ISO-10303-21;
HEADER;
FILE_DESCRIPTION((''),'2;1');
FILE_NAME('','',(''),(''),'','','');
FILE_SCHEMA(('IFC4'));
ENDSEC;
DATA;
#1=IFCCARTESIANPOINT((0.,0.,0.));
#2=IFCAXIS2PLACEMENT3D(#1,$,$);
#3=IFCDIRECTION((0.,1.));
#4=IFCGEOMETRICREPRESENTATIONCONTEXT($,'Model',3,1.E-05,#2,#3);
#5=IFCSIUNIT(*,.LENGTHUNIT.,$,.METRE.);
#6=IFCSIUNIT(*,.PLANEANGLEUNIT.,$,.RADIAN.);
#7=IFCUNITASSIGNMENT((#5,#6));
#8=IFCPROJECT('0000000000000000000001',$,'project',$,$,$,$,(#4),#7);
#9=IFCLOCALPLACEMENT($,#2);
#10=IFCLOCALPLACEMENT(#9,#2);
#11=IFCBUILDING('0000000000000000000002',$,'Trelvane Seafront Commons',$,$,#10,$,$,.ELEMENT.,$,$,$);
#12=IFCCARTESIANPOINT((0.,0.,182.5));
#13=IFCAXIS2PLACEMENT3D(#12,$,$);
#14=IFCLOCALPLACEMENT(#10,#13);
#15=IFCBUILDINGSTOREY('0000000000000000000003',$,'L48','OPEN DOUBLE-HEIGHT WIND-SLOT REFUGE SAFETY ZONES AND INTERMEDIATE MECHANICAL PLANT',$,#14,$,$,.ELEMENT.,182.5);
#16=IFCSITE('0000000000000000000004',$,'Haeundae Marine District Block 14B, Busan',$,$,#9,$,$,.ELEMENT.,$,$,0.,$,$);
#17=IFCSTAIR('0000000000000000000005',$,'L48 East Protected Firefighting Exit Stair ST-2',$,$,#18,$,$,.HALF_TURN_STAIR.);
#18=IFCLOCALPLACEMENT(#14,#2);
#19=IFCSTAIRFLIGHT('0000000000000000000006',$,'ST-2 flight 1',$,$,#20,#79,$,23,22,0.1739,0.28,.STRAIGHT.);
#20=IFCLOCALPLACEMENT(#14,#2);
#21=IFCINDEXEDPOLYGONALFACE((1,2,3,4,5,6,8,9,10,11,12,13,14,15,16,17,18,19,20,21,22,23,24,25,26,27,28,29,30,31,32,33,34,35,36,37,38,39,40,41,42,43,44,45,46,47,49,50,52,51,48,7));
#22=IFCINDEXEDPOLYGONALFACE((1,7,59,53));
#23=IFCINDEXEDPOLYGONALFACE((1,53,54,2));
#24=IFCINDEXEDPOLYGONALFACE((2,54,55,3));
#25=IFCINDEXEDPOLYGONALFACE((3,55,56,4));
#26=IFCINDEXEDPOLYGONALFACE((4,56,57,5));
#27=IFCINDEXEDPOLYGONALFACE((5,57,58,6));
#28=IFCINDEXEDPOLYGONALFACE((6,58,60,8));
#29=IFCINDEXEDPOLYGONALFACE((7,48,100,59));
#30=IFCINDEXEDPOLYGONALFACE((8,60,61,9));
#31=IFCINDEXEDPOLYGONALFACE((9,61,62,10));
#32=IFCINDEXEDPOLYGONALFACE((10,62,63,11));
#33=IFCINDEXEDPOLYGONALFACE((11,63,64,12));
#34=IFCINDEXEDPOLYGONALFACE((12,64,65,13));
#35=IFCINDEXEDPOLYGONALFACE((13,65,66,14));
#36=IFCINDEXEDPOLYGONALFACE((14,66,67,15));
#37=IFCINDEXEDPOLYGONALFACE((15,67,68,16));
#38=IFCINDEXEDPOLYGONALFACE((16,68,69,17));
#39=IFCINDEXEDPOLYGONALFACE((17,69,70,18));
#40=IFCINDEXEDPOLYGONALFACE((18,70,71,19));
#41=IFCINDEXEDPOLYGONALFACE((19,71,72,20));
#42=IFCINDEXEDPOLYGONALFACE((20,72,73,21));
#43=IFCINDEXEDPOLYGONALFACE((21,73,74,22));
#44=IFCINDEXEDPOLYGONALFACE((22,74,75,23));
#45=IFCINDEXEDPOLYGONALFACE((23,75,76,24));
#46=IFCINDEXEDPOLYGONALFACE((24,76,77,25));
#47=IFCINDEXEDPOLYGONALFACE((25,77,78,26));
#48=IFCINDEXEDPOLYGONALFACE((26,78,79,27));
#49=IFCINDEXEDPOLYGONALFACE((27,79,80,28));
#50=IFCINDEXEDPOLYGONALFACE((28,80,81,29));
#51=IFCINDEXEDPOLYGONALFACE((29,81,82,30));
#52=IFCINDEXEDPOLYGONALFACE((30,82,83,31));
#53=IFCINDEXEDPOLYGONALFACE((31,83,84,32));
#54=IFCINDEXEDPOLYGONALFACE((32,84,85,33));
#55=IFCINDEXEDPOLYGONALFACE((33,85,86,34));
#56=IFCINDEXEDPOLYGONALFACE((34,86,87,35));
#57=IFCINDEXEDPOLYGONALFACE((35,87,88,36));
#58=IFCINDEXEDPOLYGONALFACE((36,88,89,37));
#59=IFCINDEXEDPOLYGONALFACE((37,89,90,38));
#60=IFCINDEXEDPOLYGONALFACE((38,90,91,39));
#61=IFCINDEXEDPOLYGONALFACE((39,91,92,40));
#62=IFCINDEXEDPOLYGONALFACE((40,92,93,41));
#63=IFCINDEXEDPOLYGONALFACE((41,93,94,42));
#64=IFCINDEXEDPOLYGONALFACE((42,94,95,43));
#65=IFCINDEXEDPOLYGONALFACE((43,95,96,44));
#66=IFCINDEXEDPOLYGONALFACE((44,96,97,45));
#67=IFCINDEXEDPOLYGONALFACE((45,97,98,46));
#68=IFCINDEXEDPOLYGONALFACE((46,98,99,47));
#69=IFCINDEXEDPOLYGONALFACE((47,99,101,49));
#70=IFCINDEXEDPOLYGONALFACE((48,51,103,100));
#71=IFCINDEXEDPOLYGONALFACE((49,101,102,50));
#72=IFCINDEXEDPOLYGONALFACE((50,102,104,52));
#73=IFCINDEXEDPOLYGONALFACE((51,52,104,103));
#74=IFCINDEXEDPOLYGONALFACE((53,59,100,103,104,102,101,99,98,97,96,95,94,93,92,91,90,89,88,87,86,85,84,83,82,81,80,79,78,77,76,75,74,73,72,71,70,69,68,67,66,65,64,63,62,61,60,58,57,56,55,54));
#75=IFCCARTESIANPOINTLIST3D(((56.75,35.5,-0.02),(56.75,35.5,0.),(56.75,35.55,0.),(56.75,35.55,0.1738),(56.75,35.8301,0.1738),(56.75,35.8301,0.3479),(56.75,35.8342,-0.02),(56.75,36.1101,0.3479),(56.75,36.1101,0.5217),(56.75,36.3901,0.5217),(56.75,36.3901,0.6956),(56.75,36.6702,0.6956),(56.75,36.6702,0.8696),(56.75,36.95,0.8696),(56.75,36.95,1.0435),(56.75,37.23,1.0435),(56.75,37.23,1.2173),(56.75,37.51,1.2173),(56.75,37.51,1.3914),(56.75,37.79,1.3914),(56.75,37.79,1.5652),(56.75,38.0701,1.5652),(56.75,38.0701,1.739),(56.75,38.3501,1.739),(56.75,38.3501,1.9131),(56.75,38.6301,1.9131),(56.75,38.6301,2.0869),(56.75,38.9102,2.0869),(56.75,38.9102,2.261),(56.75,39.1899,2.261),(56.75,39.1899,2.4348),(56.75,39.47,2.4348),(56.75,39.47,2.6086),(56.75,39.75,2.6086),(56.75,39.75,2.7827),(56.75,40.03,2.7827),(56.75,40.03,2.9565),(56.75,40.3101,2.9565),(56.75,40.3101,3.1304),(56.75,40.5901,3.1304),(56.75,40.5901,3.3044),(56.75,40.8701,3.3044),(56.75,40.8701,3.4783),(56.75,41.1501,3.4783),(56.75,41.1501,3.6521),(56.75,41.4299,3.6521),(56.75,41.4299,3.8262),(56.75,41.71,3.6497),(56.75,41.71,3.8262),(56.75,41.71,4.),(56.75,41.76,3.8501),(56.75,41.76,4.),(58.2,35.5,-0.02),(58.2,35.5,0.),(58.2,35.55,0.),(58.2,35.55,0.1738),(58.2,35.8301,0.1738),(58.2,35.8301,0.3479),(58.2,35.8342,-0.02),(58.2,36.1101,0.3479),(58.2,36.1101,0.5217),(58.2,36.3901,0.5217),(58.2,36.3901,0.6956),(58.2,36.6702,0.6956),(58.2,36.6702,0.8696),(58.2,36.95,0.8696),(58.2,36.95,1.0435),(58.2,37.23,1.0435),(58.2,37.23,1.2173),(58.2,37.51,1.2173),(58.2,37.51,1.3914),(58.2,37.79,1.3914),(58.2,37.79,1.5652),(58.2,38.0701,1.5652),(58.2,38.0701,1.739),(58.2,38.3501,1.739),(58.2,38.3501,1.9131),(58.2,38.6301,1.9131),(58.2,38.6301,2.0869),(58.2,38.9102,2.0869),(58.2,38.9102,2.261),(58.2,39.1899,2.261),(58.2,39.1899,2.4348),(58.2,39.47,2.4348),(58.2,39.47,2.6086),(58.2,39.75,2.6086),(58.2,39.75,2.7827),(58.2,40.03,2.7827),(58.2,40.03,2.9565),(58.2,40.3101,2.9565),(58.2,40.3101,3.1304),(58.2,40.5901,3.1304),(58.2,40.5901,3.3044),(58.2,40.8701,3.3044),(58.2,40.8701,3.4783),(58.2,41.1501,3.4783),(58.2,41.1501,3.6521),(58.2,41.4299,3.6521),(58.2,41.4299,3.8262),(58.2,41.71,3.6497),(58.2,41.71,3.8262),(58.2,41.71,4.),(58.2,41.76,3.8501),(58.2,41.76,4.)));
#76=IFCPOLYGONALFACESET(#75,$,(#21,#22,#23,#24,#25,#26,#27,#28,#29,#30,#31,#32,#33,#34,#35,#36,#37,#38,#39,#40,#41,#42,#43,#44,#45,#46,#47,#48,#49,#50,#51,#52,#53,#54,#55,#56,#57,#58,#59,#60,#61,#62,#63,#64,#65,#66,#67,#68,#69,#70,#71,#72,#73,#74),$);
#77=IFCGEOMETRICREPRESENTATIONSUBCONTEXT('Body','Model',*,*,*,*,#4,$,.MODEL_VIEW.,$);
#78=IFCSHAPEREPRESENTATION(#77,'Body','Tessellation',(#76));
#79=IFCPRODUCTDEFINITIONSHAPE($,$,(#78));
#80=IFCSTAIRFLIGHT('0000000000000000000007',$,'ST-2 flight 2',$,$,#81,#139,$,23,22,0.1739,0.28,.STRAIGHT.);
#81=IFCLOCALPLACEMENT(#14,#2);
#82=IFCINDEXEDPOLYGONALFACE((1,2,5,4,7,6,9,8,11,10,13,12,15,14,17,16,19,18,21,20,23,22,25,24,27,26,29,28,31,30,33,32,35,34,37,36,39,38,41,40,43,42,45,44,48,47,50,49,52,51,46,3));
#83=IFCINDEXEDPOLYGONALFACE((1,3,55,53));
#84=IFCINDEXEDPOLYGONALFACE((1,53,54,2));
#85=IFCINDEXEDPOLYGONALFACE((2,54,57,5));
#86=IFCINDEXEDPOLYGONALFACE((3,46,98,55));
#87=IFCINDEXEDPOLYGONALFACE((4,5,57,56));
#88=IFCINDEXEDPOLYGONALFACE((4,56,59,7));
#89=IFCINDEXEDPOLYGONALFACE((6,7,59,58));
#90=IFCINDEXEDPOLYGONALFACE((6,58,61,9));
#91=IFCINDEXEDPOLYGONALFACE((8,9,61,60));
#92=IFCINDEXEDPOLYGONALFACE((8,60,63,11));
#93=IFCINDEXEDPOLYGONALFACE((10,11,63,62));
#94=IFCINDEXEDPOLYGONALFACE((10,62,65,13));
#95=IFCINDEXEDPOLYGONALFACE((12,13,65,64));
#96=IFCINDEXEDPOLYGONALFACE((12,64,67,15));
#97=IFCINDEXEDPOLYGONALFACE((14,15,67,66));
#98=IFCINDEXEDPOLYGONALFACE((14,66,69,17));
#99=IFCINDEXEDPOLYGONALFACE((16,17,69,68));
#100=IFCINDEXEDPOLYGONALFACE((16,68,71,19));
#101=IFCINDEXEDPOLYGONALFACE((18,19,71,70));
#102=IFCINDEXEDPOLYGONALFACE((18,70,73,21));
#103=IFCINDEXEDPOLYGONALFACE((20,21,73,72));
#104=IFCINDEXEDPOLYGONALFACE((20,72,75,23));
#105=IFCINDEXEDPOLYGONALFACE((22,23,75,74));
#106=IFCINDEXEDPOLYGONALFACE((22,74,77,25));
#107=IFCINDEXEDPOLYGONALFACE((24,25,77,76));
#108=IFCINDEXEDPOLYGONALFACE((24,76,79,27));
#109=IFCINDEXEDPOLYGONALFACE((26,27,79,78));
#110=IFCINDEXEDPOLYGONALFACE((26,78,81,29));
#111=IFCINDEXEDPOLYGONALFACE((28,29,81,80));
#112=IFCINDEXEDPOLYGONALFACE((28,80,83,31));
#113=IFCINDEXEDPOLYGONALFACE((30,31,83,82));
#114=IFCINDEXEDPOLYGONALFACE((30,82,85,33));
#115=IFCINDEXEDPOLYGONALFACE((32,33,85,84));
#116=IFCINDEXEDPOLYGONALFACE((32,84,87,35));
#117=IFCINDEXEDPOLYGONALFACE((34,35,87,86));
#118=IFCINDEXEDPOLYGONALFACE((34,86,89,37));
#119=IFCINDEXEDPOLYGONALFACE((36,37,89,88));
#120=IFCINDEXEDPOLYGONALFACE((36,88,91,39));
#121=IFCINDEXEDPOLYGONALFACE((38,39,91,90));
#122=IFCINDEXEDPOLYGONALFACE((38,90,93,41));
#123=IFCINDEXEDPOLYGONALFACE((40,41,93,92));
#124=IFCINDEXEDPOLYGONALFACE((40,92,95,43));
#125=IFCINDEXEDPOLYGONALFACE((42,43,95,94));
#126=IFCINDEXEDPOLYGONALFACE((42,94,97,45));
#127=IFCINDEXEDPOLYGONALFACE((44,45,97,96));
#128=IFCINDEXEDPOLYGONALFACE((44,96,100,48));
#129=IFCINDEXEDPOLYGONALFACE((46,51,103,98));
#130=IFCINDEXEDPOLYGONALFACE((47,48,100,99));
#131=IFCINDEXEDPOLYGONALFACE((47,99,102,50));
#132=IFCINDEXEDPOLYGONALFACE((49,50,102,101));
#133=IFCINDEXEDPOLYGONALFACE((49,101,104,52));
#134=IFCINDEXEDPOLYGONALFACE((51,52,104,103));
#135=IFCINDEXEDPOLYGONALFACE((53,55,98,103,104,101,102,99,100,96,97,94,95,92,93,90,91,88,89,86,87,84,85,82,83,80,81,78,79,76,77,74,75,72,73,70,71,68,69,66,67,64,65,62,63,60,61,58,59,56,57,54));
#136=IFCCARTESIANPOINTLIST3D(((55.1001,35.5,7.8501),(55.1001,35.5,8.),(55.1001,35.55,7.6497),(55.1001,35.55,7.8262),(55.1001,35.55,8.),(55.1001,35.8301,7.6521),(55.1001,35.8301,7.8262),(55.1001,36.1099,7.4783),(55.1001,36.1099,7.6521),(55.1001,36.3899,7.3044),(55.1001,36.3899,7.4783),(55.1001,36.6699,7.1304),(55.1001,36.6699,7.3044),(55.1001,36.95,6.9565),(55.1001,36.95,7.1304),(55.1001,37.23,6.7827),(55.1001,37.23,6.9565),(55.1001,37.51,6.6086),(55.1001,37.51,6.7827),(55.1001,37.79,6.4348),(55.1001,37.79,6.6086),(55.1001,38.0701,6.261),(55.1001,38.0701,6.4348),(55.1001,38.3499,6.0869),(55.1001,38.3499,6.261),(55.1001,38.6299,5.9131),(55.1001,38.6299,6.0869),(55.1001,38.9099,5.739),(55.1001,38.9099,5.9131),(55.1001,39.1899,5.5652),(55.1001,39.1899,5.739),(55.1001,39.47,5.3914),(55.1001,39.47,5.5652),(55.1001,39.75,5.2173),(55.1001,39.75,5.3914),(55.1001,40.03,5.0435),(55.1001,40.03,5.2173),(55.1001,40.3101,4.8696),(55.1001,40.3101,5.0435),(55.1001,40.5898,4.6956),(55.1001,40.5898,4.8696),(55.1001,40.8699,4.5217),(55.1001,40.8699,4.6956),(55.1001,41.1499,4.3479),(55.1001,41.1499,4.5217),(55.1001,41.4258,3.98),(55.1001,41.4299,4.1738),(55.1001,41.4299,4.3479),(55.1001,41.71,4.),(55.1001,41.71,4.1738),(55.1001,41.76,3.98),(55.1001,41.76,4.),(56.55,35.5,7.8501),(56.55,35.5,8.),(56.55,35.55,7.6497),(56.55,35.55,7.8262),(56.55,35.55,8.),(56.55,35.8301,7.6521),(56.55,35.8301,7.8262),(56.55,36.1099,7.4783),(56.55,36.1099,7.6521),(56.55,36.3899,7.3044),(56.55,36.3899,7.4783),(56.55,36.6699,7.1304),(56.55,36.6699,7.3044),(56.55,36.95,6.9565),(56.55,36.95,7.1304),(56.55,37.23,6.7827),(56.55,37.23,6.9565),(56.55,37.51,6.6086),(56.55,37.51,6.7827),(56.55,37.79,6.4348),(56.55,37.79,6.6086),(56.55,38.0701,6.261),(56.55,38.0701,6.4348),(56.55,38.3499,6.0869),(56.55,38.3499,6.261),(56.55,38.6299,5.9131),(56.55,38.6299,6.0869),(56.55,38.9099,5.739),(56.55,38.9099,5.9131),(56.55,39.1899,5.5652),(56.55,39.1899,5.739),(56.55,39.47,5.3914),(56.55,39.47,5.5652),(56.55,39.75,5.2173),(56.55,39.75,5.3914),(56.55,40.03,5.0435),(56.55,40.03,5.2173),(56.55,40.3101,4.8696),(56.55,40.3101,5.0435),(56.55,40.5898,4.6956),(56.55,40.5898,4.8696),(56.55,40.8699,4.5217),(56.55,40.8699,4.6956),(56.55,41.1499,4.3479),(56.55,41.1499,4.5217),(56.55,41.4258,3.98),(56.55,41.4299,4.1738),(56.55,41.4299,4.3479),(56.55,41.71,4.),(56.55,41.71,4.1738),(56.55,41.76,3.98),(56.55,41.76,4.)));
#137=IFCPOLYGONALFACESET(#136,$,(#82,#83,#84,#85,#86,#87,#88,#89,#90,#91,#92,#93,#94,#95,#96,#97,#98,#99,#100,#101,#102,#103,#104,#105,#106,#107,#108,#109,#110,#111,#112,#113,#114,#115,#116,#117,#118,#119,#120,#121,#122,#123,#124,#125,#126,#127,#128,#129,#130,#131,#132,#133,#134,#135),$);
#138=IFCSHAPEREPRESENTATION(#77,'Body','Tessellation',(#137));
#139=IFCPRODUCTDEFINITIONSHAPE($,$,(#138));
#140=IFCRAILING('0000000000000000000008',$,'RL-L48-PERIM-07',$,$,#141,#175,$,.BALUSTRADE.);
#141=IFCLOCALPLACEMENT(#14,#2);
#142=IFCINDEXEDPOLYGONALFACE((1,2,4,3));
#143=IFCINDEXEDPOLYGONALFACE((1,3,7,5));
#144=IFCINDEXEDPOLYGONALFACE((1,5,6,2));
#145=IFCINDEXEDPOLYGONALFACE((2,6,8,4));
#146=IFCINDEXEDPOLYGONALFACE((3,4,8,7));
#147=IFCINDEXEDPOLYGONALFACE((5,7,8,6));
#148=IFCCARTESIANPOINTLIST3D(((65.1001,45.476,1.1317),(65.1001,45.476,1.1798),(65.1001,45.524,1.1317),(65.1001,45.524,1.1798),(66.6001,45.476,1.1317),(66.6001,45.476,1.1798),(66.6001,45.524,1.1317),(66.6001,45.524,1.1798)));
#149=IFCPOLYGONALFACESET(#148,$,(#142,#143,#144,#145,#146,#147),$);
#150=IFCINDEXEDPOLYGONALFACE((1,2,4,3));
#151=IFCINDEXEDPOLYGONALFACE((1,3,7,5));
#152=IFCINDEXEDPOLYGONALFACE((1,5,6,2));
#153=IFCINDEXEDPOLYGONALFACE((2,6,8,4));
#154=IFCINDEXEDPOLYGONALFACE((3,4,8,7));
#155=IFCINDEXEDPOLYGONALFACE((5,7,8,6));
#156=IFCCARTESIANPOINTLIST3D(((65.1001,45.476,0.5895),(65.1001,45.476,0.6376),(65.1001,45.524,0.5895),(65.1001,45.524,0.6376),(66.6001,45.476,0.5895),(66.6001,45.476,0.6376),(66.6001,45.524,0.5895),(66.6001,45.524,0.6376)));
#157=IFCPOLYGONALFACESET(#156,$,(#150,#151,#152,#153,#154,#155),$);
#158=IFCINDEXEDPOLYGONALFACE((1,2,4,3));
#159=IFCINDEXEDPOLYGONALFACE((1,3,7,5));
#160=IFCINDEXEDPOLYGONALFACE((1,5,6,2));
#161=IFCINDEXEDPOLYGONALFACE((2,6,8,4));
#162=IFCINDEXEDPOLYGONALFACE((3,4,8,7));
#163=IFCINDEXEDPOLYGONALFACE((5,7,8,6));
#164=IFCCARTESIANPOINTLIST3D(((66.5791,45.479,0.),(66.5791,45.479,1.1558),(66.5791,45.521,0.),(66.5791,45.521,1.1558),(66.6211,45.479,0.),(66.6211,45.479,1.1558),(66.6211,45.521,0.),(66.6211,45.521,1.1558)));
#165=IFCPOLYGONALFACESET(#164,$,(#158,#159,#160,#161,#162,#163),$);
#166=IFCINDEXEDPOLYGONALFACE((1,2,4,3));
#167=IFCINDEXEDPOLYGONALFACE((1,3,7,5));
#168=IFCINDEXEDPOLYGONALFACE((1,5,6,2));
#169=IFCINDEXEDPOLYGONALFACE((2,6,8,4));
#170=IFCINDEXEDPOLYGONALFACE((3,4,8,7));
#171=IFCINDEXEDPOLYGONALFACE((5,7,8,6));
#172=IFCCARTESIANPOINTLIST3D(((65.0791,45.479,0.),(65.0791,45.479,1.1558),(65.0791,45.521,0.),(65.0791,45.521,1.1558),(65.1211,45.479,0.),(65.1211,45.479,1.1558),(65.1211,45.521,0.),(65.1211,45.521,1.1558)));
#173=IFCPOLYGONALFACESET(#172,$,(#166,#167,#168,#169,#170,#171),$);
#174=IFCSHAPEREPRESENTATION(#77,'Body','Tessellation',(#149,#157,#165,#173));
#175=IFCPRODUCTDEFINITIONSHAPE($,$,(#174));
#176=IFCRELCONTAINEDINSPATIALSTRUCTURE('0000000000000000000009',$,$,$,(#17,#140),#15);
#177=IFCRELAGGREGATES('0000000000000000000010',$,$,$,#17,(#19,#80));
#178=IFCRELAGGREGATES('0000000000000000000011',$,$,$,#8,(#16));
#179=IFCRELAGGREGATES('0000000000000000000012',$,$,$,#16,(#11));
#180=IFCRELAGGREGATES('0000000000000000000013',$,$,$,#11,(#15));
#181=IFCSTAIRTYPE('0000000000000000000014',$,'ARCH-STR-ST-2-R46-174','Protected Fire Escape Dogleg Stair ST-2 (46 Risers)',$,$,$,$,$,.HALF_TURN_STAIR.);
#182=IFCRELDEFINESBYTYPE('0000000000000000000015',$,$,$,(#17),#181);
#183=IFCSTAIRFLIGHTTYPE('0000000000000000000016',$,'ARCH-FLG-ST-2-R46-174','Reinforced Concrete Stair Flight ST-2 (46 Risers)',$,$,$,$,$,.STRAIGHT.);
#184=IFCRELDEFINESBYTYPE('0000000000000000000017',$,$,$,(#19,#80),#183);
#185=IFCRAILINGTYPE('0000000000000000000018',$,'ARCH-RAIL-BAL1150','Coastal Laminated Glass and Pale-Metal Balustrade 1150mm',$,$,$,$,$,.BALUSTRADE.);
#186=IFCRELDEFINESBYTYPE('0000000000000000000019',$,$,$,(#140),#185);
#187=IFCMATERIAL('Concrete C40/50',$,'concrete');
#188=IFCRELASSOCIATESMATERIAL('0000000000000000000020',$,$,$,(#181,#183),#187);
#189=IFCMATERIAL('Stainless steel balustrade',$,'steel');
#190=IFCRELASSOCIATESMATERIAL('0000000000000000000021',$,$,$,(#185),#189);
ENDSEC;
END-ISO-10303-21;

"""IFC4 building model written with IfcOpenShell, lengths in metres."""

from ifc_helpers import new_model, si_unit, direction, frame, origin, origin_2d, place, context, subcontext, project, spatial, polyline, rectangle, outline, extrude, source, transform, mapped, material, type_object, element, aggregate, save


model = new_model("IFC4")

# Units and contexts
model_context = context("Model", 3, precision=1e-05, world=origin(), true_north=direction((0.0, 1.0)))
body_context = subcontext(model_context, "Body", "Model", "MODEL_VIEW")
ifc_project = project(units=[si_unit("LENGTHUNIT", "METRE"), si_unit("PLANEANGLEUNIT", "RADIAN")], contexts=[model_context])

# Site, building, storey
site_placement = place(None, origin())
site = spatial("IfcSite", under=ifc_project, at=site_placement, Name="Haeundae Marine District Block 14B, Busan", CompositionType="ELEMENT", RefElevation=0.0)
building_placement = place(site_placement, origin())
building = spatial("IfcBuilding", under=site, at=building_placement, Name="Trelvane Seafront Commons", CompositionType="ELEMENT")
storey_placement = place(building_placement, frame((0.0, 0.0, 182.5)))
storey = spatial("IfcBuildingStorey", under=building, at=storey_placement, Name="L48", Description="OPEN DOUBLE-HEIGHT WIND-SLOT REFUGE SAFETY ZONES AND INTERMEDIATE MECHANICAL PLANT", CompositionType="ELEMENT", Elevation=182.5)

# Stair, stair flights
ifc_material_1 = material(Name="Concrete C40/50", Category="concrete")
stair_type = type_object("IfcStairType", Name="ARCH-STR-ST-2-R46-174", Description="Protected Fire Escape Dogleg Stair ST-2 (46 Risers)", PredefinedType="HALF_TURN_STAIR", material=ifc_material_1)
stair_placement = place(storey_placement, origin())
stair = element("IfcStair", 1, at=stair_placement, inside=storey, type_object=stair_type, Name="L48 East Protected Firefighting Exit Stair ST-2", PredefinedType="HALF_TURN_STAIR")
stair_flight_type = type_object("IfcStairFlightType", Name="ARCH-FLG-ST-2-R46-174", Description="Reinforced Concrete Stair Flight ST-2 (46 Risers)", PredefinedType="STRAIGHT", material=ifc_material_1)
shared_shape_1 = source(origin(), body_context, "Body", "SweptSolid", [
    extrude(outline(polyline([(-0.05, -0.02), (-0.05, 0.0), (0.0, 0.0), (0.0, 0.1738), (0.28, 0.1738), (0.28, 0.3479), (0.5601, 0.3479), (0.5601, 0.5217), (0.8401, 0.5217), (0.8401, 0.6956), (1.1201, 0.6956), (1.1201, 0.8696), (1.3999, 0.8696), (1.3999, 1.0435), (1.6799, 1.0435), (1.6799, 1.2173), (1.96, 1.2173), (1.96, 1.3914), (2.24, 1.3914), (2.24, 1.5652), (2.52, 1.5652), (2.52, 1.739), (2.8, 1.739), (2.8, 1.9131), (3.0801, 1.9131), (3.0801, 2.0869), (3.3601, 2.0869), (3.3601, 2.261), (3.6399, 2.261), (3.6399, 2.4348), (3.9199, 2.4348), (3.9199, 2.6086), (4.2, 2.6086), (4.2, 2.7827), (4.48, 2.7827), (4.48, 2.9565), (4.76, 2.9565), (4.76, 3.1304), (5.04, 3.1304), (5.04, 3.3044), (5.3201, 3.3044), (5.3201, 3.4783), (5.6001, 3.4783), (5.6001, 3.6521), (5.8799, 3.6521), (5.8799, 3.8262), (6.1599, 3.8262), (6.1599, 4.0), (6.21, 4.0), (6.21, 3.8501), (6.1599, 3.6497), (0.2842, -0.02), (-0.05, -0.02)])), frame((0.0, 0.7251, 0.0), z_axis=(0.0, -1.0, 0.0), x_axis=(1.0, 0.0, 0.0)), (0.0, 0.0, 1.0), 1.45),
])
stair_flight_1_placement = place(storey_placement, frame((57.4751, 35.55, 0.0), z_axis=(0.0, 0.0, 1.0), x_axis=(0.0, 1.0, 0.0)))
stair_flight_1 = element("IfcStairFlight", 2, at=stair_flight_1_placement, type_object=stair_flight_type, Name="ST-2 flight 1", NumberOfRisers=23, NumberOfTreads=22, PredefinedType="STRAIGHT", RiserHeight=0.1739, TreadLength=0.28, context=body_context, shape_type="MappedRepresentation", body=[
    mapped(shared_shape_1, transform((0.0, 0.0, 0.0), x_axis=(1.0, 0.0, 0.0), y_axis=(0.0, 1.0, 0.0), z_axis=(0.0, 0.0, 1.0), scale=1.0)),
])
stair_flight_2_placement = place(storey_placement, frame((55.825, 41.71, 4.0), z_axis=(0.0, 0.0, 1.0), x_axis=(0.0, -1.0, 0.0)))
stair_flight_2 = element("IfcStairFlight", 3, at=stair_flight_2_placement, type_object=stair_flight_type, Name="ST-2 flight 2", NumberOfRisers=23, NumberOfTreads=22, PredefinedType="STRAIGHT", RiserHeight=0.1739, TreadLength=0.28, context=body_context, shape_type="MappedRepresentation", body=[
    mapped(shared_shape_1, transform((0.0, 0.0, 0.0), x_axis=(1.0, 0.0, 0.0), y_axis=(0.0, 1.0, 0.0), z_axis=(0.0, 0.0, 1.0), scale=1.0)),
])
aggregate(stair, [stair_flight_1, stair_flight_2])

# Railing
ifc_material_2 = material(Name="Stainless steel balustrade", Category="steel")
railing_type_1 = type_object("IfcRailingType", Name="ARCH-RAIL-BAL1150", Description="Coastal Laminated Glass and Pale-Metal Balustrade 1150mm", PredefinedType="BALUSTRADE", material=ifc_material_2)
railing_1_placement = place(storey_placement, frame((66.6001, 45.5, 0.0)))
element("IfcRailing", 4, at=railing_1_placement, inside=storey, type_object=railing_type_1, Name="RL-L48-PERIM-07", PredefinedType="BALUSTRADE", context=body_context, shape_type="SweptSolid", body=[
    extrude(rectangle(XDim=0.0481, YDim=0.0481, at=origin_2d()), frame((0.0, 0.0, 1.1558), z_axis=(-1.0, 0.0, 0.0), x_axis=(0.0, -1.0, 0.0)), (0.0, 0.0, 1.0), 1.5),
    extrude(rectangle(XDim=0.0481, YDim=0.0481, at=origin_2d()), frame((0.0, 0.0, 0.6135), z_axis=(-1.0, 0.0, 0.0), x_axis=(0.0, -1.0, 0.0)), (0.0, 0.0, 1.0), 1.5),
    extrude(rectangle(XDim=0.042, YDim=0.042, at=origin_2d()), origin(), (0.0, 0.0, 1.0), 1.1558),
    extrude(rectangle(XDim=0.042, YDim=0.042, at=origin_2d()), frame((-1.5, 0.0, 0.0)), (0.0, 0.0, 1.0), 1.1558),
])

save(model, "model.ifc")
